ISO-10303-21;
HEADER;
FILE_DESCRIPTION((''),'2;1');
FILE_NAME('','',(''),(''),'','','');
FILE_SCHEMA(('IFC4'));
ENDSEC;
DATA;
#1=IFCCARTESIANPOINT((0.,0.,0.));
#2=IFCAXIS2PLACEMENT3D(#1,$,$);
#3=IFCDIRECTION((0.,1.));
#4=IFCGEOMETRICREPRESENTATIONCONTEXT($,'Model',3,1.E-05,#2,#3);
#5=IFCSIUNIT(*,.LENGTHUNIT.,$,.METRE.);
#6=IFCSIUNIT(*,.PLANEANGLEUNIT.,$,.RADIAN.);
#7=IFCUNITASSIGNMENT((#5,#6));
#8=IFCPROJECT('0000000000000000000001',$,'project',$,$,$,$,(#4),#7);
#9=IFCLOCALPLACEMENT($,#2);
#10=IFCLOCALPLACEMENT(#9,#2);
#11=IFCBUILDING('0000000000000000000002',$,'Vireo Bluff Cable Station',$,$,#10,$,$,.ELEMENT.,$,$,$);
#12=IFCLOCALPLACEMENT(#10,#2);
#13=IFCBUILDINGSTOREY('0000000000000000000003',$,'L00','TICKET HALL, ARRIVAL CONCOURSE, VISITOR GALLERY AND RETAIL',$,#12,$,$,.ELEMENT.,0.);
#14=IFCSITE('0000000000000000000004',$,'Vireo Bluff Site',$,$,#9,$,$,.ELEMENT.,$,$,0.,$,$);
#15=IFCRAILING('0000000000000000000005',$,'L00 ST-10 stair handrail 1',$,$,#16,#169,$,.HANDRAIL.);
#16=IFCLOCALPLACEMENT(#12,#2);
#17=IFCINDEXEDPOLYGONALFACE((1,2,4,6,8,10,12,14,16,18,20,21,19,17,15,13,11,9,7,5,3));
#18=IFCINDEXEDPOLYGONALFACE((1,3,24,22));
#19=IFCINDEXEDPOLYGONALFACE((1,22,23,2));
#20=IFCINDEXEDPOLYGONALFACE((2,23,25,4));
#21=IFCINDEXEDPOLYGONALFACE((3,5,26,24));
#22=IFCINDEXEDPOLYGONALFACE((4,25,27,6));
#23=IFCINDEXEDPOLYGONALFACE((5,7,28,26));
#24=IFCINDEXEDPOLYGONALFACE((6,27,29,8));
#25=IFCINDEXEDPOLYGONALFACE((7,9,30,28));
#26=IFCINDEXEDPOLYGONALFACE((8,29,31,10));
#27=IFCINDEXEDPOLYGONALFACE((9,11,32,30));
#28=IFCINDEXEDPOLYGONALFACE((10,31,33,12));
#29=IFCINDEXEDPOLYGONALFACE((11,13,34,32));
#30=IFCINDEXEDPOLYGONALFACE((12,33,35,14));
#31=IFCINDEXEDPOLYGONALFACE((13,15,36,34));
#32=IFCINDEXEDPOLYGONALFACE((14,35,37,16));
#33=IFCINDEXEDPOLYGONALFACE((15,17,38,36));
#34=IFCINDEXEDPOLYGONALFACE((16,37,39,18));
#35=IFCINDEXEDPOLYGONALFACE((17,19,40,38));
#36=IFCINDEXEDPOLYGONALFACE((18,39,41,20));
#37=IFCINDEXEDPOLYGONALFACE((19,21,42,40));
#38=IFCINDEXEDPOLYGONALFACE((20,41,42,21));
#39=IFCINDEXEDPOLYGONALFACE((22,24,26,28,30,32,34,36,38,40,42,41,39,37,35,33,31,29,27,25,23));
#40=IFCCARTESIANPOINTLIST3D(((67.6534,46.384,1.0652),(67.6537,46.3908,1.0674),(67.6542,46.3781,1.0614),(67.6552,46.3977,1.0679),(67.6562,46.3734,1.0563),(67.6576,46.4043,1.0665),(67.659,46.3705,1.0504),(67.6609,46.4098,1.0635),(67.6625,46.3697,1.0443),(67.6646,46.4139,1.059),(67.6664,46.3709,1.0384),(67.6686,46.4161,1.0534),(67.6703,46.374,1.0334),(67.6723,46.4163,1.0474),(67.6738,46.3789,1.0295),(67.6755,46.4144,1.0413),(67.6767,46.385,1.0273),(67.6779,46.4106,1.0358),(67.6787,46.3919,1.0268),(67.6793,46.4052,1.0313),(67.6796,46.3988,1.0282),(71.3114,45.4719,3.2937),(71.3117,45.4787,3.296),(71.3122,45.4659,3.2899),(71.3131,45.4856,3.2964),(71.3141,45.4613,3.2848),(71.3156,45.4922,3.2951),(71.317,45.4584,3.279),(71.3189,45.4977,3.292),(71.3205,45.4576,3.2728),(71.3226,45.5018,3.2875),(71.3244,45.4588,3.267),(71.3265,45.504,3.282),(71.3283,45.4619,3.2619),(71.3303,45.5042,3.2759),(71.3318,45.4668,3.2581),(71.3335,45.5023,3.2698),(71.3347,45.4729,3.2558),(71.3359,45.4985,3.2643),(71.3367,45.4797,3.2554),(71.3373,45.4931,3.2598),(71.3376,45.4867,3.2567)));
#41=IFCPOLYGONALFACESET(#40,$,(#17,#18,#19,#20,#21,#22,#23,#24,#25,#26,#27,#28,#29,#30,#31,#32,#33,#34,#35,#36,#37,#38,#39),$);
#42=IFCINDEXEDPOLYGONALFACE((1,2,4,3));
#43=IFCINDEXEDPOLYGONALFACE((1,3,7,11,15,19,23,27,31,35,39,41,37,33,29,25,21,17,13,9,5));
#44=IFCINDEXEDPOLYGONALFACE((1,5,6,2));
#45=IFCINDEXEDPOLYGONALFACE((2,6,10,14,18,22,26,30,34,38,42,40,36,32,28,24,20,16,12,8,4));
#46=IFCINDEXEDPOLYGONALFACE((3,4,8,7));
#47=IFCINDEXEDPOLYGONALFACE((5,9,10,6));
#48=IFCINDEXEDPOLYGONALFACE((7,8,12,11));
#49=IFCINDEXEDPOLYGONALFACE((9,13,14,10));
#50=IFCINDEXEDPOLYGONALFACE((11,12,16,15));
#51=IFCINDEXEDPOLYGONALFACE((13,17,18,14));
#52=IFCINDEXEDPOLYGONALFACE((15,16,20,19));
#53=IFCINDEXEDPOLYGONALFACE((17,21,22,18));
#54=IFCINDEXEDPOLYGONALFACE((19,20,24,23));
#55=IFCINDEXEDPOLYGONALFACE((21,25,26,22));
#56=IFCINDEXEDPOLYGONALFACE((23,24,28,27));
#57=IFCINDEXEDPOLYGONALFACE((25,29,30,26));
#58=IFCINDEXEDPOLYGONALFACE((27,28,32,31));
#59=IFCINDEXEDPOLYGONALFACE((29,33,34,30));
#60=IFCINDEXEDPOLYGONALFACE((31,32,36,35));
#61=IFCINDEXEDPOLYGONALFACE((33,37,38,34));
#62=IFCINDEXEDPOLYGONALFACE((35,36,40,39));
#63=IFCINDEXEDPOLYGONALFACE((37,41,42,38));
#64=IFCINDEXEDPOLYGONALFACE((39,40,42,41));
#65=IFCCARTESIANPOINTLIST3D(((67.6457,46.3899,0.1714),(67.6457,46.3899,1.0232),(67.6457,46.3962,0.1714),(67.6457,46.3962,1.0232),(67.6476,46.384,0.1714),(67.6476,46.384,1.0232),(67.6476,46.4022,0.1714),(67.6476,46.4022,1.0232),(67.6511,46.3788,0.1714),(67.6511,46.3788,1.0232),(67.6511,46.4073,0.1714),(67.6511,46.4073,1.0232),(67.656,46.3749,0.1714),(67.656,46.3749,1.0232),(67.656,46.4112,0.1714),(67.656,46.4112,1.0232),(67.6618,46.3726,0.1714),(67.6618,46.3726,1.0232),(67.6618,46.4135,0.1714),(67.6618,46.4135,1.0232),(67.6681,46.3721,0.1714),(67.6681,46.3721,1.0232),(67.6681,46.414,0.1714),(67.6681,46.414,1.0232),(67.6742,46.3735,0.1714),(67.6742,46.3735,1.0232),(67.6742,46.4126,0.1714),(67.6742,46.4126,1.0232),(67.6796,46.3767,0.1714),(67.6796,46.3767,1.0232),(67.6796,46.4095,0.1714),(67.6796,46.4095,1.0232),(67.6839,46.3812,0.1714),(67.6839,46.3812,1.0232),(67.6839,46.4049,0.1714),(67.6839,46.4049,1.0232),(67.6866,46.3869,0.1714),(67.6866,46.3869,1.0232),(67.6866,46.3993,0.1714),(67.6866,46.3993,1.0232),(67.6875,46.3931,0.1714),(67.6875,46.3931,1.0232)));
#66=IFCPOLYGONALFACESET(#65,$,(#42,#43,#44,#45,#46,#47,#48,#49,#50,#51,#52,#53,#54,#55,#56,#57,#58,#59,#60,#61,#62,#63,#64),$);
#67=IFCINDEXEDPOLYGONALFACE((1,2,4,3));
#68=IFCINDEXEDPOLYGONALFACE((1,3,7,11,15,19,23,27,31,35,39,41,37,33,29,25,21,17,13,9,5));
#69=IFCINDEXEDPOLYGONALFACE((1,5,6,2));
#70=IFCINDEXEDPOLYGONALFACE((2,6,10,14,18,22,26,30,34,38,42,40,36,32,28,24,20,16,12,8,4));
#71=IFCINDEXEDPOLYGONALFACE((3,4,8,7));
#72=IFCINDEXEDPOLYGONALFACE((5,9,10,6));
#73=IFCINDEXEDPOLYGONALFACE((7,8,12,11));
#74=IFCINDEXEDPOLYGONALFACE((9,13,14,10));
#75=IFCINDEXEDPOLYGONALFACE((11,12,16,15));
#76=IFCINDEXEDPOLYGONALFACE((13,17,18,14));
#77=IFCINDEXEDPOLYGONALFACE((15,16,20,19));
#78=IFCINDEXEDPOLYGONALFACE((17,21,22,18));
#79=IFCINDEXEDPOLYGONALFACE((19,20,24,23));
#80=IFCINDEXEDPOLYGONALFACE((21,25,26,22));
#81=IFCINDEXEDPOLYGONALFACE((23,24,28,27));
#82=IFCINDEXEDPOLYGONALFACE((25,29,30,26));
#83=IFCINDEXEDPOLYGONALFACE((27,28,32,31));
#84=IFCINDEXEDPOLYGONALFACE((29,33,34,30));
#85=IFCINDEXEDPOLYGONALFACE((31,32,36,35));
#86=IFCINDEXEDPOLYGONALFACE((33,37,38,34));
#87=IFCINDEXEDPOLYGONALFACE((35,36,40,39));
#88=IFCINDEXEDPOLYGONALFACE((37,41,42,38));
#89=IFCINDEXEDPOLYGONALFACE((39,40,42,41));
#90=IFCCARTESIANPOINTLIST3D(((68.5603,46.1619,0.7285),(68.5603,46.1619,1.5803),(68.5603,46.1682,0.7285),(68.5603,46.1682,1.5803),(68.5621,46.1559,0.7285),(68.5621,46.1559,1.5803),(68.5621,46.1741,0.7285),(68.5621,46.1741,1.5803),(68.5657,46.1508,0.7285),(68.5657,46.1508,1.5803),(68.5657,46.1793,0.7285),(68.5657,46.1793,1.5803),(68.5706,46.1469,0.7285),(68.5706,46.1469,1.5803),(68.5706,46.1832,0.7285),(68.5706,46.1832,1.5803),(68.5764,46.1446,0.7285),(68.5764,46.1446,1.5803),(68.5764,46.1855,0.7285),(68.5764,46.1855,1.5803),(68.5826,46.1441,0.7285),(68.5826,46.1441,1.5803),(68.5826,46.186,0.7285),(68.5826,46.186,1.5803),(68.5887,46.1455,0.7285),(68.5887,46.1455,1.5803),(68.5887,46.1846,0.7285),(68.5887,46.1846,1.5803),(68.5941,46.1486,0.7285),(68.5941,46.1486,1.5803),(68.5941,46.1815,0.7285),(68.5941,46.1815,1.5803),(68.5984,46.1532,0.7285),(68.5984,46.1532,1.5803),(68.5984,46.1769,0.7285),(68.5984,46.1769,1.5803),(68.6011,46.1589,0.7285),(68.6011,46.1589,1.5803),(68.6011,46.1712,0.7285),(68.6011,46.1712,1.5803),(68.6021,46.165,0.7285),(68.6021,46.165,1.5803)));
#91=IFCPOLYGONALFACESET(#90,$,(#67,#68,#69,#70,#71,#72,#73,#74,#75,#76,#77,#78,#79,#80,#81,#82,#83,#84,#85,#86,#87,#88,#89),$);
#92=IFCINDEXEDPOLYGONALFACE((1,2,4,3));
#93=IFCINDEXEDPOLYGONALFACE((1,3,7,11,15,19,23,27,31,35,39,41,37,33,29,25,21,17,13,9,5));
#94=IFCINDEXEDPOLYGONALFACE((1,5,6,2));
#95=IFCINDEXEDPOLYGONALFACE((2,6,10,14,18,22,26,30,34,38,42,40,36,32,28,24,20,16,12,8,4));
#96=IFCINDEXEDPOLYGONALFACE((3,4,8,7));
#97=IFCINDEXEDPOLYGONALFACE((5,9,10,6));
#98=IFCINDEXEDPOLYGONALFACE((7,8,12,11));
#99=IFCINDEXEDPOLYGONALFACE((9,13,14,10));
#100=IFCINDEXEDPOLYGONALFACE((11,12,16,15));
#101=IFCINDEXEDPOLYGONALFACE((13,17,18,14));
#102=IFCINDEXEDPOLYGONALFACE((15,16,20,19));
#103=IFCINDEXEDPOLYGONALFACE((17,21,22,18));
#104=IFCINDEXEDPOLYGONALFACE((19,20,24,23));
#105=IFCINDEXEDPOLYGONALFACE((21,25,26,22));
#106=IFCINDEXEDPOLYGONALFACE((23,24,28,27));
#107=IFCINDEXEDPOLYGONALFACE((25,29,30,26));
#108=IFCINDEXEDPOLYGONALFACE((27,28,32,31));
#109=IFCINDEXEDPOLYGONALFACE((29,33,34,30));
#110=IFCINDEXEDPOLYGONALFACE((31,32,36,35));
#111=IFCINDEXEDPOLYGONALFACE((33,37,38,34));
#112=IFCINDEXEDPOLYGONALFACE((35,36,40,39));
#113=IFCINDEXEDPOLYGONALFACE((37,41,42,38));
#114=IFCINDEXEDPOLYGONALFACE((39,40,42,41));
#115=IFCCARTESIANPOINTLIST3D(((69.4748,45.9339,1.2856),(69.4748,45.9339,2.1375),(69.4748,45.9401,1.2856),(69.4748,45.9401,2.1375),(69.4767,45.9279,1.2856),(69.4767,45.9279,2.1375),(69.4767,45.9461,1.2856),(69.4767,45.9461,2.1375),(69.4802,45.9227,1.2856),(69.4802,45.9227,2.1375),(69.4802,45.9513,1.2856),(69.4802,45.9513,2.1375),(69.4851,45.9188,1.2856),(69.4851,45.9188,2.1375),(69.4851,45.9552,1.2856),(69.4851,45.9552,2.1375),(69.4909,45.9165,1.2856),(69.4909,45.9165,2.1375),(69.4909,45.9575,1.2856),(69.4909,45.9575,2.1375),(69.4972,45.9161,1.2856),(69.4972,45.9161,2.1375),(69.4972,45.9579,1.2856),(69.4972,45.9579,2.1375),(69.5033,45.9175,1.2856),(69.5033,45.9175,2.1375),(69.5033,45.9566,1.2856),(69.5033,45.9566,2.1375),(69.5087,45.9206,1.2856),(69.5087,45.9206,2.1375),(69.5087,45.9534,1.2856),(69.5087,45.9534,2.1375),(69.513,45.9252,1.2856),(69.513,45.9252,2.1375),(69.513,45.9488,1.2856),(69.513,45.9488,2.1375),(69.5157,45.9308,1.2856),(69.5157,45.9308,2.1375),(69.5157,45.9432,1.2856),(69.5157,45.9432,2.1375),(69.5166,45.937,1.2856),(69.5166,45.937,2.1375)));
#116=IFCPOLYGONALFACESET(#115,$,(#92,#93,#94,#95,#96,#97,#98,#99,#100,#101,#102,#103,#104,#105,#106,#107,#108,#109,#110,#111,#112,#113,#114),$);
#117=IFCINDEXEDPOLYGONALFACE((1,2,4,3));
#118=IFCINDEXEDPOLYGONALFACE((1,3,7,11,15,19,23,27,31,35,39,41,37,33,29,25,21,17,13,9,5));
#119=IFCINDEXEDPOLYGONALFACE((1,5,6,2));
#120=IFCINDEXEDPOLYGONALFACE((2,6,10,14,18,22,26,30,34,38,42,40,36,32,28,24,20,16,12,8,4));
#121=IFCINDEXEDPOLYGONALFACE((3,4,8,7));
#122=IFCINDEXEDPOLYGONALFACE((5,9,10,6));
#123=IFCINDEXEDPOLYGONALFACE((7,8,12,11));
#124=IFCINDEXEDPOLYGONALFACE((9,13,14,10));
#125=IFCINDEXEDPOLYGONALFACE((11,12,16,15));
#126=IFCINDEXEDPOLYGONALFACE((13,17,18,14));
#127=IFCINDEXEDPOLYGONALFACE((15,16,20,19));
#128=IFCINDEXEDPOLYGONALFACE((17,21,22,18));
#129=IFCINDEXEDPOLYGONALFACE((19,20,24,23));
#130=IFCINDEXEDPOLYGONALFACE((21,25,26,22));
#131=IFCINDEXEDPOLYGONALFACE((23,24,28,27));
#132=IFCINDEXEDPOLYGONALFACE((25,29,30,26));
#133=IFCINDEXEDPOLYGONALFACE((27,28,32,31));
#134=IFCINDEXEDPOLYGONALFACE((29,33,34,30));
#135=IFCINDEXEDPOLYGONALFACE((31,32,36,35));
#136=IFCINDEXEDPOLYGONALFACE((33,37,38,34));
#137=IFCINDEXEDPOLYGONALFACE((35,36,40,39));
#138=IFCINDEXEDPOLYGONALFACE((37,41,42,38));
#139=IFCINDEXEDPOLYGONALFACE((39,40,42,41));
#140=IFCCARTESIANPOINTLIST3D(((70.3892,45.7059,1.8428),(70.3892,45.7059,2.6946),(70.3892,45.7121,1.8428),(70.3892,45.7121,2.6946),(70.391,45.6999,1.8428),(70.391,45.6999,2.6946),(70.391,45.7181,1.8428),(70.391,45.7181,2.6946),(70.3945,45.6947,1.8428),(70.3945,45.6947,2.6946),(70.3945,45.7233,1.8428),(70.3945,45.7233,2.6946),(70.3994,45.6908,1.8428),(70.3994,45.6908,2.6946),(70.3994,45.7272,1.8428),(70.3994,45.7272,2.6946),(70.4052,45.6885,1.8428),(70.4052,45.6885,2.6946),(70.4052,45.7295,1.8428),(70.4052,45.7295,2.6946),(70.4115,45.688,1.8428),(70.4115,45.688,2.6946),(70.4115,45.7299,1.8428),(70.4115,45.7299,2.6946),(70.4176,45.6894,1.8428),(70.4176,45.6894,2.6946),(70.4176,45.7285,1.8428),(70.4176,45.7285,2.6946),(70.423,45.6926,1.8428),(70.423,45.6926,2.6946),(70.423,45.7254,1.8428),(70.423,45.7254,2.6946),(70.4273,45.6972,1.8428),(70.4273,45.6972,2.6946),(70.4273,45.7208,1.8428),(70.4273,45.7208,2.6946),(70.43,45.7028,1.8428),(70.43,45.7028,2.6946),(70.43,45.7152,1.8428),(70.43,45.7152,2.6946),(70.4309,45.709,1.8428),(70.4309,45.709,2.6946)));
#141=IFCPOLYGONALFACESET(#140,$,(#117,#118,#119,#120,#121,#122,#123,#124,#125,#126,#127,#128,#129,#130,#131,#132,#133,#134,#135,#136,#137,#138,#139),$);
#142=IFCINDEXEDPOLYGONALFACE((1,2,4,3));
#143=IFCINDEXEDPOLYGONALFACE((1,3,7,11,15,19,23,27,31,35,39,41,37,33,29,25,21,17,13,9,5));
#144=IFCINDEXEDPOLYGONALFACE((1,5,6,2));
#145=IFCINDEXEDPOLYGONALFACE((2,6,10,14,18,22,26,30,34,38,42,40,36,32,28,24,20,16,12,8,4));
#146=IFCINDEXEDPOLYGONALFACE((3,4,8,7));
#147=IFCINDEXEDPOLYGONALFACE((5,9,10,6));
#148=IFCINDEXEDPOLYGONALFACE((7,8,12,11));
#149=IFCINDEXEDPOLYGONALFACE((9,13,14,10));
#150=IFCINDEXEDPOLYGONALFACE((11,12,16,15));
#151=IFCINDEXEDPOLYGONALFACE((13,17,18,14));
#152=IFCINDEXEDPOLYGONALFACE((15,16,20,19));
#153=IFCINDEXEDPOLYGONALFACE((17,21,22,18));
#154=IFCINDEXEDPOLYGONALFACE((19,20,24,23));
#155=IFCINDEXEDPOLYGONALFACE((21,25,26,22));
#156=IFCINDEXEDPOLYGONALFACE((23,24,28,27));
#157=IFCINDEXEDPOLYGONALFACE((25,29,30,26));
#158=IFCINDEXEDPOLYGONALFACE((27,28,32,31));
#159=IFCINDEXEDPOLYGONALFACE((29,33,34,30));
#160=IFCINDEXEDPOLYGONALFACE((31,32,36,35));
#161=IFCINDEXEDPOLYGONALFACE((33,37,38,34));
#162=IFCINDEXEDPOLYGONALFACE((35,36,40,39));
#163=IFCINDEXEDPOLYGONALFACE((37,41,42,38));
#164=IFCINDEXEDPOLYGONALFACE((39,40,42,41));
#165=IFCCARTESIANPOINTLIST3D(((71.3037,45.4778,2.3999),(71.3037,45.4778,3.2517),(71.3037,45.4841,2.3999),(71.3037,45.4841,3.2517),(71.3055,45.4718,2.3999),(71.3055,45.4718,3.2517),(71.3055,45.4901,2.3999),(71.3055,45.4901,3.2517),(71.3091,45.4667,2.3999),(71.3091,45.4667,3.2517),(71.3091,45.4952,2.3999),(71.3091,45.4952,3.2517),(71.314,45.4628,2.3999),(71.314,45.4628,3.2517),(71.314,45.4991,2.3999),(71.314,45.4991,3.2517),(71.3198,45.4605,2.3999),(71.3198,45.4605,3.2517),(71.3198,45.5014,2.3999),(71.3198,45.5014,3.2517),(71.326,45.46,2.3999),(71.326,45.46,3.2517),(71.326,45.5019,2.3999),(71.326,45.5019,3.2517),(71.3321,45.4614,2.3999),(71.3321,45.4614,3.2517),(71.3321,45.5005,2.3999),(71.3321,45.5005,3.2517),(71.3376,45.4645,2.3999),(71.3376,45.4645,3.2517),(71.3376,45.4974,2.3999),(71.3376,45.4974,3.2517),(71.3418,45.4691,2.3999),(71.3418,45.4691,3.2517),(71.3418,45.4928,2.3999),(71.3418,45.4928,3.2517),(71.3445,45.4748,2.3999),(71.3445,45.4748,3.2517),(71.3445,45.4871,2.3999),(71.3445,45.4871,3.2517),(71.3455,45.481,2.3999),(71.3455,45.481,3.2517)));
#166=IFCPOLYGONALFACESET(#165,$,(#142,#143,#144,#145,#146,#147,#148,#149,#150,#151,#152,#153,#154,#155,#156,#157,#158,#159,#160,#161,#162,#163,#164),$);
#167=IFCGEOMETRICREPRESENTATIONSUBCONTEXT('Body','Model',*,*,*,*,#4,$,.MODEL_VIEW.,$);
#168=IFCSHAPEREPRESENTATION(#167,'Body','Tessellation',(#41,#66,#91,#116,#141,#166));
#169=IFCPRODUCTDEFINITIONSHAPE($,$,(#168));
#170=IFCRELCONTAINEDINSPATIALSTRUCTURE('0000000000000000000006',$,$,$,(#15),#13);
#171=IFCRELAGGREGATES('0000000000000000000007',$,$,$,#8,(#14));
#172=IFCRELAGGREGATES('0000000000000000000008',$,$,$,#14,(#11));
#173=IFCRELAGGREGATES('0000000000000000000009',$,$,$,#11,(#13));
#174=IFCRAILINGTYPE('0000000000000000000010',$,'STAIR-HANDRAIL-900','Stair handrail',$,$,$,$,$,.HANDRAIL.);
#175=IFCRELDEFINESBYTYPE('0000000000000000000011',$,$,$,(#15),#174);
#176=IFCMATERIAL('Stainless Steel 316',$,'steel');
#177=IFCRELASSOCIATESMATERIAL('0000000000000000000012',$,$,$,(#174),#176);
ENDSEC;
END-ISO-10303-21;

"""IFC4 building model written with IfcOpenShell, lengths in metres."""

from ifc_helpers import new_model, si_unit, direction, frame, origin, origin_2d, place, context, subcontext, project, spatial, circle, extrude, material, type_object, element, save


model = new_model("IFC4")

# Units and contexts
model_context = context("Model", 3, precision=1e-05, world=origin(), true_north=direction((0.0, 1.0)))
body_context = subcontext(model_context, "Body", "Model", "MODEL_VIEW")
ifc_project = project(units=[si_unit("LENGTHUNIT", "METRE"), si_unit("PLANEANGLEUNIT", "RADIAN")], contexts=[model_context])

# Site, building, storey
site_placement = place(None, origin())
site = spatial("IfcSite", under=ifc_project, at=site_placement, Name="Vireo Bluff Site", CompositionType="ELEMENT", RefElevation=0.0)
building_placement = place(site_placement, origin())
building = spatial("IfcBuilding", under=site, at=building_placement, Name="Vireo Bluff Cable Station", CompositionType="ELEMENT")
storey_placement = place(building_placement, origin())
storey = spatial("IfcBuildingStorey", under=building, at=storey_placement, Name="L00", Description="TICKET HALL, ARRIVAL CONCOURSE, VISITOR GALLERY AND RETAIL", CompositionType="ELEMENT", Elevation=0.0)

# Railing
ifc_material_1 = material(Name="Stainless Steel 316", Category="steel")
railing_type_1 = type_object("IfcRailingType", Name="STAIR-HANDRAIL-900", Description="Stair handrail", PredefinedType="HANDRAIL", material=ifc_material_1)
railing_1_placement = place(storey_placement, frame((67.6665, 46.3931, 0.1714)))
element("IfcRailing", 1, at=railing_1_placement, inside=storey, type_object=railing_type_1, Name="L00 ST-10 stair handrail 1", PredefinedType="HANDRAIL", context=body_context, shape_type="SweptSolid", body=[
    extrude(circle(Radius=0.0239, at=origin_2d()), frame((0.0, 0.0, 0.876), z_axis=(0.83527, -0.208274, 0.508867), x_axis=(0.241941, 0.970291, 0.0)), (0.0, 0.0, 1.0), 4.3794),
    extrude(circle(Radius=0.021, at=origin_2d()), origin(), (0.0, 0.0, 1.0), 0.8518),
    extrude(circle(Radius=0.021, at=origin_2d()), frame((0.9146, -0.228, 0.5571)), (0.0, 0.0, 1.0), 0.8518),
    extrude(circle(Radius=0.021, at=origin_2d()), frame((1.8291, -0.4561, 1.1143)), (0.0, 0.0, 1.0), 0.8518),
    extrude(circle(Radius=0.021, at=origin_2d()), frame((2.7434, -0.6841, 1.6714)), (0.0, 0.0, 1.0), 0.8518),
    extrude(circle(Radius=0.021, at=origin_2d()), frame((3.658, -0.9121, 2.2285)), (0.0, 0.0, 1.0), 0.8518),
])

save(model, "model.ifc")
